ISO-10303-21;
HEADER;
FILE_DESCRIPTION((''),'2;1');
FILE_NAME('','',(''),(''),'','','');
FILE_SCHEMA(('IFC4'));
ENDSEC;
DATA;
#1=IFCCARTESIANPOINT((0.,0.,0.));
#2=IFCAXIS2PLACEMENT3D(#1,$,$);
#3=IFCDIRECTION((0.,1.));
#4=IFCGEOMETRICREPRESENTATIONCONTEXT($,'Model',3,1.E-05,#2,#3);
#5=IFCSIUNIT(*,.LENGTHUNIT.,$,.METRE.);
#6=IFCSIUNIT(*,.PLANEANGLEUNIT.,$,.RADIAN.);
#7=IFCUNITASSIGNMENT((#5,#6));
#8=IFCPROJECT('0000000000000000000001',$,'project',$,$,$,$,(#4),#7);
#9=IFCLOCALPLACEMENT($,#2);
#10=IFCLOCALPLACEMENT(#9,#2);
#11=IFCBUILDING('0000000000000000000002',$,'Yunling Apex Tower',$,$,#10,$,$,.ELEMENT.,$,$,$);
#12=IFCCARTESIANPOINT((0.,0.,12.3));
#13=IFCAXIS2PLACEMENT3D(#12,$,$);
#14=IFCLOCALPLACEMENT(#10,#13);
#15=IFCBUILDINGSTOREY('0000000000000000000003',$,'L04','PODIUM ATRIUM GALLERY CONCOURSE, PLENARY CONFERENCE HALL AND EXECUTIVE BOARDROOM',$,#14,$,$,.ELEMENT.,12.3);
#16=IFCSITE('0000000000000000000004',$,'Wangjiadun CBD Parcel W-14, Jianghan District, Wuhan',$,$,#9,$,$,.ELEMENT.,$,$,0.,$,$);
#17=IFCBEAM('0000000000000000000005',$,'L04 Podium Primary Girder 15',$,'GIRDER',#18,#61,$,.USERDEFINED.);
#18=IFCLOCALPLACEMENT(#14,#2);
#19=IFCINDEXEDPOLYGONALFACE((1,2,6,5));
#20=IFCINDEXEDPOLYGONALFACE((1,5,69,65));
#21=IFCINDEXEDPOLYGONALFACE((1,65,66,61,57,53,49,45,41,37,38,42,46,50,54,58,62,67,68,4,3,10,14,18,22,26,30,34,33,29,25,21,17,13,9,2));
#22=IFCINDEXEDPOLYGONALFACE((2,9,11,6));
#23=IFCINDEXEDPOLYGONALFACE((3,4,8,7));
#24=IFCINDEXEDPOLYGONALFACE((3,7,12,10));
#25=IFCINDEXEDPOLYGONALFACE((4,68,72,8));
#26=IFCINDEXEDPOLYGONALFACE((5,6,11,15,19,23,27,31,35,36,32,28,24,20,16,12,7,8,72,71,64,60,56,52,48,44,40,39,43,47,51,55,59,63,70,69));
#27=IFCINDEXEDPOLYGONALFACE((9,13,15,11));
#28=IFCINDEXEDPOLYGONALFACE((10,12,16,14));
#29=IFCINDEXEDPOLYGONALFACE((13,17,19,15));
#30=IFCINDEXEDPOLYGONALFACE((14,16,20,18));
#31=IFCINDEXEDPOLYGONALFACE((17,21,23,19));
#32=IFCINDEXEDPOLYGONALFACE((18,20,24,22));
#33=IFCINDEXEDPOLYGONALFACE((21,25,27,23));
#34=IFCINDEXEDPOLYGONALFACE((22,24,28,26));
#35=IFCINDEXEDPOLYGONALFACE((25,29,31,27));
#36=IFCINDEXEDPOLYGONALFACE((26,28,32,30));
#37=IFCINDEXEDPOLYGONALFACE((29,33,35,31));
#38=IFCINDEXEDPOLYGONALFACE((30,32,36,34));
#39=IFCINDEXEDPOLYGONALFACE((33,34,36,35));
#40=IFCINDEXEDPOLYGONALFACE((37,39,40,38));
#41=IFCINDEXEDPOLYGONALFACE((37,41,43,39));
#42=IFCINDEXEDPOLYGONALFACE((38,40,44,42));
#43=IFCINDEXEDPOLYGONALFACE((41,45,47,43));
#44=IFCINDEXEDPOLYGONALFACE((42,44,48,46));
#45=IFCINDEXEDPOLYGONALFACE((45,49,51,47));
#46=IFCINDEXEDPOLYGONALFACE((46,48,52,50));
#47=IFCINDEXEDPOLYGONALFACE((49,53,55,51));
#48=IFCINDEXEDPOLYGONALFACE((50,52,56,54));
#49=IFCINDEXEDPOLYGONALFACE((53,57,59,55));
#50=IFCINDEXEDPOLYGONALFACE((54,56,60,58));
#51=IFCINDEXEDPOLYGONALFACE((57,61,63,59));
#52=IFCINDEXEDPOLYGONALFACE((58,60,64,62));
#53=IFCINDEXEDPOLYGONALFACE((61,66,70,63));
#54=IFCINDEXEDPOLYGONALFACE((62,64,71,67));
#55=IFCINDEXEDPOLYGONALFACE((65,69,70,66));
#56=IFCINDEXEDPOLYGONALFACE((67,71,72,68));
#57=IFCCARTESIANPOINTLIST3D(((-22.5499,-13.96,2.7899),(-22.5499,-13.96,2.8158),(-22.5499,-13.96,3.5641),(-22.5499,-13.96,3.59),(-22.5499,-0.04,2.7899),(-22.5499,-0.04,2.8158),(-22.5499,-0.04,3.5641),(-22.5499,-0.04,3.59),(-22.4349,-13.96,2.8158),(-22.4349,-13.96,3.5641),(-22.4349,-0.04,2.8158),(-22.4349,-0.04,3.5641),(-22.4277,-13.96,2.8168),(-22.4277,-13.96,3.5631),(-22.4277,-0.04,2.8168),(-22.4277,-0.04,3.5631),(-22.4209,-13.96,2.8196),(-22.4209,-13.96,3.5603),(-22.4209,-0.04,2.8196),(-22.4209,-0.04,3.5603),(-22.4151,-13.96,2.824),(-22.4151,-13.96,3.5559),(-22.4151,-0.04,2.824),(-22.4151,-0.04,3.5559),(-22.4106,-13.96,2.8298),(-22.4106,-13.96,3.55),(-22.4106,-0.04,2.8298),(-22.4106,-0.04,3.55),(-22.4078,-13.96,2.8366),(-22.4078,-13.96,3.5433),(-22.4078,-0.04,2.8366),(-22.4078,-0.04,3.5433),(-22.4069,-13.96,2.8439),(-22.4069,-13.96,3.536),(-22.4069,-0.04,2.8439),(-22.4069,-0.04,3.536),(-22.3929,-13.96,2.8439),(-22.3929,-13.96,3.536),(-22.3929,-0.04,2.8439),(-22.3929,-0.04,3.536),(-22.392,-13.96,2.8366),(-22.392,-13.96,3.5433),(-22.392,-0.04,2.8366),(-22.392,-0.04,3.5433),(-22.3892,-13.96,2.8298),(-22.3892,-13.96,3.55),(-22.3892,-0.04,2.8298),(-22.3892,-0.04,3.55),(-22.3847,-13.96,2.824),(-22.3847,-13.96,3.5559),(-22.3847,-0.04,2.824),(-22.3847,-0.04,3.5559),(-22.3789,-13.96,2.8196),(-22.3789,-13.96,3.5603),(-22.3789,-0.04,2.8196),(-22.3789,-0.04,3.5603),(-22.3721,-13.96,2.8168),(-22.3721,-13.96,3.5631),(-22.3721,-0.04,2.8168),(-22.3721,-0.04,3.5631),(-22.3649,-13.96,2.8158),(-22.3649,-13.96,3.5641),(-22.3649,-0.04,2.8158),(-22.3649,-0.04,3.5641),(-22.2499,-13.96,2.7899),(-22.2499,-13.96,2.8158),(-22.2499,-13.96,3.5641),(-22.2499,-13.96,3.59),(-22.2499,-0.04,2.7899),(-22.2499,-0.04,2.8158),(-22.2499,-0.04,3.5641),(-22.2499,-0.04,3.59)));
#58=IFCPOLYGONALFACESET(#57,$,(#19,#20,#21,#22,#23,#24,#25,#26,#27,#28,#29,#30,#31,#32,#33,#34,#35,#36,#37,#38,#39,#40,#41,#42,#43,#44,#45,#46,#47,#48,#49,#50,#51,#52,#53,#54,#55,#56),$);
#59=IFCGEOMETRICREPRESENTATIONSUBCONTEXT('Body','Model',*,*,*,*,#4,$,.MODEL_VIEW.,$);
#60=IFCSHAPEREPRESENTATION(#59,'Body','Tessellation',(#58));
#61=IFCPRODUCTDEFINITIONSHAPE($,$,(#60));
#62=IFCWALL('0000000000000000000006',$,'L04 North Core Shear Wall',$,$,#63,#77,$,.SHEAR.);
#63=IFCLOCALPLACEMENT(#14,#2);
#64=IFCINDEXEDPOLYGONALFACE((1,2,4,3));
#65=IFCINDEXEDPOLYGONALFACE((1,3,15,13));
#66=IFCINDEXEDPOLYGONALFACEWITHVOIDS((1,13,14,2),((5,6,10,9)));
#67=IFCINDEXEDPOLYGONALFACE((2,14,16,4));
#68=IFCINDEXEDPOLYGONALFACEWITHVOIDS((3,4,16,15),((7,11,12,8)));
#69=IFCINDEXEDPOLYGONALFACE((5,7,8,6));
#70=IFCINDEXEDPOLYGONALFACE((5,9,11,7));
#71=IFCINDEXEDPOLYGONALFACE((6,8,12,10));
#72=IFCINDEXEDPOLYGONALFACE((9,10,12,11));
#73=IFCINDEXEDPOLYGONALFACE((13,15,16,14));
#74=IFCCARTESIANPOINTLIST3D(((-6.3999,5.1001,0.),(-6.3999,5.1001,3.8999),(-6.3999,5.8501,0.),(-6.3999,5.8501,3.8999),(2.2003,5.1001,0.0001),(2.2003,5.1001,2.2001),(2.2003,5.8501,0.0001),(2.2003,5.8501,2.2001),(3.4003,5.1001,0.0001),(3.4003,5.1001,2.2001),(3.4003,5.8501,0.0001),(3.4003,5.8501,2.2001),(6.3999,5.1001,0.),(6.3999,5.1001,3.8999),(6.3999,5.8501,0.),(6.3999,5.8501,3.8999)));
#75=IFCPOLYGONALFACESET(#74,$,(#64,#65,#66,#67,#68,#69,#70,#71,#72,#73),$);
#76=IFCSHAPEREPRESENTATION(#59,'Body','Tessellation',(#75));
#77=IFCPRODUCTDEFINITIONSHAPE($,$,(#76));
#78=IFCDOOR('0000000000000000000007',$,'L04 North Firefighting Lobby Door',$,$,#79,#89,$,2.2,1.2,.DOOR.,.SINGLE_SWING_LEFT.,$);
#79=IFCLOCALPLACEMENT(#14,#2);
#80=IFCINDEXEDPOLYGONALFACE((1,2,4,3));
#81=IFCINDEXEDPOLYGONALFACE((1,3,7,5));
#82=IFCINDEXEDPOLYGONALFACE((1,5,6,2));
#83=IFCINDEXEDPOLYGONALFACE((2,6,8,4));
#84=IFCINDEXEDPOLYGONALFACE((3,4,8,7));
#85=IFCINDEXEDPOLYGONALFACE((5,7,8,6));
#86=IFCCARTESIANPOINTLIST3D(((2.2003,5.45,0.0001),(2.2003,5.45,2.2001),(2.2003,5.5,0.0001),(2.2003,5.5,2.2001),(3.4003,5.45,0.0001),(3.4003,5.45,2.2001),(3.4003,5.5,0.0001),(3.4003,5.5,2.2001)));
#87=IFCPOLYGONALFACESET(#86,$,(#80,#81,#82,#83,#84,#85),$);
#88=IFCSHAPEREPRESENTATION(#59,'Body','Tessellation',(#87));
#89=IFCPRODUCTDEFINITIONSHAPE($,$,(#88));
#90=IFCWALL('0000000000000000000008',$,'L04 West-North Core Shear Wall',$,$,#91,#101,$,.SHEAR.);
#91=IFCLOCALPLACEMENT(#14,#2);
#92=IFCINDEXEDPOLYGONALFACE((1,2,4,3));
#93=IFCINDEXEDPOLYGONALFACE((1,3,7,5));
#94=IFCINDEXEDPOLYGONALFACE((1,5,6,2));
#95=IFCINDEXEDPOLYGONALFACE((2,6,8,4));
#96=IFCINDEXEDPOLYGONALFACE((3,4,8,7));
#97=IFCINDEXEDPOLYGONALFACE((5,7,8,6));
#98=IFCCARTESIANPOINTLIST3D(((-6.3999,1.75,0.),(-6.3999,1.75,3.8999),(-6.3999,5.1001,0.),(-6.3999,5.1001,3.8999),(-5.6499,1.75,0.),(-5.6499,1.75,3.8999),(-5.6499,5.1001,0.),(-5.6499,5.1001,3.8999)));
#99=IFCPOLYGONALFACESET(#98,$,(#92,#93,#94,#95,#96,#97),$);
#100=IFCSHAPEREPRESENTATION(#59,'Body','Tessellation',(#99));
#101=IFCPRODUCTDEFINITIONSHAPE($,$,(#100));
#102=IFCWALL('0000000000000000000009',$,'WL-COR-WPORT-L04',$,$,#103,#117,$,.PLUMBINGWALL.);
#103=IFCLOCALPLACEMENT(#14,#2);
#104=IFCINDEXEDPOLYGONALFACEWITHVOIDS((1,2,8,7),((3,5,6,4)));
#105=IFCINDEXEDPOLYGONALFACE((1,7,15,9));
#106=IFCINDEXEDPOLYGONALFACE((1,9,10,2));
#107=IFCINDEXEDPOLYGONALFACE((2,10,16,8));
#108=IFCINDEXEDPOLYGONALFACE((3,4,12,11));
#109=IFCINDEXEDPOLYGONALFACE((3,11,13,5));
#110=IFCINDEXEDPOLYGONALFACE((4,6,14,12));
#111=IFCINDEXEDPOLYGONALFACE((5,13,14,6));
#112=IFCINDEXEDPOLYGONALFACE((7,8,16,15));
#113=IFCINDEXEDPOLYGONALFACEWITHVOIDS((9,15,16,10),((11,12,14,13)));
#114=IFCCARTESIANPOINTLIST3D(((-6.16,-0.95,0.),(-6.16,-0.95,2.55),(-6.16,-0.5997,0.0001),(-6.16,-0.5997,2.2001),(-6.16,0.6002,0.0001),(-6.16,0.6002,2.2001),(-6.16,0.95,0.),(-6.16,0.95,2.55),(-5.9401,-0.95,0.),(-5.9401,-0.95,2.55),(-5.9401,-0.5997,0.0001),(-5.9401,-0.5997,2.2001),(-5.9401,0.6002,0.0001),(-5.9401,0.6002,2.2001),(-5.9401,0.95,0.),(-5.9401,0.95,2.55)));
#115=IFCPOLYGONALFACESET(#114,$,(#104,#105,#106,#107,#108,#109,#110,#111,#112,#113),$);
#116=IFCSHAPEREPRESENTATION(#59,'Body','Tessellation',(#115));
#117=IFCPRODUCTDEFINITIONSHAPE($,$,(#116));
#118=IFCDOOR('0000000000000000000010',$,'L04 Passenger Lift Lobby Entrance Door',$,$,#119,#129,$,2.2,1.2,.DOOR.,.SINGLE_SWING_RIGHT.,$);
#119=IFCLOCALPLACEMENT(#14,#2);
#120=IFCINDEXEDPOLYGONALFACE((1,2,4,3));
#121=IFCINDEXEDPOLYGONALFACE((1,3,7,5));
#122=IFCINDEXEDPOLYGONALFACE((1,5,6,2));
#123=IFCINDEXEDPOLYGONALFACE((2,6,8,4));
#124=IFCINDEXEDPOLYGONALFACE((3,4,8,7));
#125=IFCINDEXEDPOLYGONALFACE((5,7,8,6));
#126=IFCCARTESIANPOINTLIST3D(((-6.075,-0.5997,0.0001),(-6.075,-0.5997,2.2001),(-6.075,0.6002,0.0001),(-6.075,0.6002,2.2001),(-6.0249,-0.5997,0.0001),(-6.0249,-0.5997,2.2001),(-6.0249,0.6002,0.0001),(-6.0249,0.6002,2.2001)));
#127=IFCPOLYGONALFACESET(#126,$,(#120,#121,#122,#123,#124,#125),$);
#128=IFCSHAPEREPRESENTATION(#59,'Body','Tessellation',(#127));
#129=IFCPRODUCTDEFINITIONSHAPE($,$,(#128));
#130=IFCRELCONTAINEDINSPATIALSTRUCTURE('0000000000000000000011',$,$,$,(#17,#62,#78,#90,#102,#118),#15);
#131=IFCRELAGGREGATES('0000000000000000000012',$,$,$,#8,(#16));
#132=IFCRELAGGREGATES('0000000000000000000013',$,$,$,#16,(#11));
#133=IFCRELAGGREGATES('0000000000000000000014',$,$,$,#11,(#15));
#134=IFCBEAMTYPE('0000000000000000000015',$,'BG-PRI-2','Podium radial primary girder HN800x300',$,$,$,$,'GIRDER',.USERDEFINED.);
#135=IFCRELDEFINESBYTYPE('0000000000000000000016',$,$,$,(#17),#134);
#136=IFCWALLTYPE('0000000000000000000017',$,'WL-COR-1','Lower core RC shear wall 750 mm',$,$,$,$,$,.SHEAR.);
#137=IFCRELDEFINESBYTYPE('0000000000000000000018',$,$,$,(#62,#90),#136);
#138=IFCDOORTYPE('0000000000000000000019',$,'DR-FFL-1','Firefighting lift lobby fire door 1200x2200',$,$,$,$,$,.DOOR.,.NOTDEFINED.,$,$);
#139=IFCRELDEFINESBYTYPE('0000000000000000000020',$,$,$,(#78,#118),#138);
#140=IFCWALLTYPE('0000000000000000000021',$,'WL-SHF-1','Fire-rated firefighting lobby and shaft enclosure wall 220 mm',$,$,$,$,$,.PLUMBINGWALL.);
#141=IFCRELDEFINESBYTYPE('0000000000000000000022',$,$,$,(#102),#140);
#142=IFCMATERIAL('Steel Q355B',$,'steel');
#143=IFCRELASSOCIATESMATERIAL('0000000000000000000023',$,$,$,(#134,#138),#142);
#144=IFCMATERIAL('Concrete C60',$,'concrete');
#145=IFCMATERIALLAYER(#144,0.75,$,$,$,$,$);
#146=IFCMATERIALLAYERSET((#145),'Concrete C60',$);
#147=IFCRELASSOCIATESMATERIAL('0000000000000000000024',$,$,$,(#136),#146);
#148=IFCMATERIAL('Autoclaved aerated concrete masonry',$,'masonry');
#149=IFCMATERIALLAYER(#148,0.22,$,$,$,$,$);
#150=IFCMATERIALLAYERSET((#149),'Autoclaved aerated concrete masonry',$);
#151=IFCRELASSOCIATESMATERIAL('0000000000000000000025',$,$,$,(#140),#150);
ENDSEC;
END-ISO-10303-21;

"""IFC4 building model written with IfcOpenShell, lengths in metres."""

from ifc_helpers import new_model, si_unit, direction, frame, frame_2d, origin, origin_2d, place, context, subcontext, project, spatial, rectangle, i_section, extrude, source, transform, mapped, material, layer, layer_set, material_profile, profile_set, type_object, element, fill, save


model = new_model("IFC4")

# Units and contexts
model_context = context("Model", 3, precision=1e-05, world=origin(), true_north=direction((0.0, 1.0)))
body_context = subcontext(model_context, "Body", "Model", "MODEL_VIEW")
ifc_project = project(units=[si_unit("LENGTHUNIT", "METRE"), si_unit("PLANEANGLEUNIT", "RADIAN")], contexts=[model_context])

# Site, building, storey
site_placement = place(None, origin())
site = spatial("IfcSite", under=ifc_project, at=site_placement, Name="Wangjiadun CBD Parcel W-14, Jianghan District, Wuhan", CompositionType="ELEMENT", RefElevation=0.0)
building_placement = place(site_placement, origin())
building = spatial("IfcBuilding", under=site, at=building_placement, Name="Yunling Apex Tower", CompositionType="ELEMENT")
storey_placement = place(building_placement, frame((0.0, 0.0, 12.3)))
storey = spatial("IfcBuildingStorey", under=building, at=storey_placement, Name="L04", Description="PODIUM ATRIUM GALLERY CONCOURSE, PLENARY CONFERENCE HALL AND EXECUTIVE BOARDROOM", CompositionType="ELEMENT", Elevation=12.3)

# Shared definitions
ifc_material_1 = material(Name="Concrete C60", Category="concrete")

# Beam
ifc_material_2 = material(Name="Steel Q355B", Category="steel")
ifc_material_profile_1 = material_profile(ifc_material_2, i_section(OverallWidth=0.3, OverallDepth=0.8, WebThickness=0.0139, FlangeThickness=0.0259, FilletRadius=0.0281, at=origin_2d()))
ifc_profile_set_1 = profile_set([ifc_material_profile_1], Name="Steel Q355B")
beam_type_1 = type_object("IfcBeamType", Name="BG-PRI-2", Description="Podium radial primary girder HN800x300", ElementType="GIRDER", PredefinedType="USERDEFINED", material=ifc_profile_set_1)
shared_shape_1 = source(origin(), body_context, "Body", "SweptSolid", [
    extrude(i_section(OverallWidth=0.3, OverallDepth=0.8, WebThickness=0.0139, FlangeThickness=0.0259, FilletRadius=0.0281, at=origin_2d()), origin(), (0.0, 0.0, 1.0), 13.9199),
])
for number, where, z_axis, x_axis, name in (
    (1, (-22.3999, -0.04, 3.1899), (0.0, -1.0, 0.0), (1.0, 0.0, 0.0), "L04 Podium Primary Girder 15"),
):
    element("IfcBeam", number, at=place(storey_placement, frame(where, z_axis=z_axis, x_axis=x_axis)), inside=storey, type_object=beam_type_1, Name=name, ObjectType="GIRDER", PredefinedType="USERDEFINED", context=body_context, shape_type="MappedRepresentation", body=[
        mapped(shared_shape_1, transform((0.0, 0.0, 0.0), scale=1.0)),
    ])

# Wall, opening, door
ifc_layer_1 = layer(ifc_material_1, 0.75)
ifc_layer_set_1 = layer_set([ifc_layer_1], Name="Concrete C60")
wall_type_1 = type_object("IfcWallType", Name="WL-COR-1", Description="Lower core RC shear wall 750 mm", PredefinedType="SHEAR", material=ifc_layer_set_1)
wall_1_placement = place(storey_placement, frame((-6.3999, 5.4751, 0.0), z_axis=(0.0, 0.0, 1.0), x_axis=(1.0, 0.0, 0.0)))
wall_1 = element("IfcWall", 2, at=wall_1_placement, inside=storey, type_object=wall_type_1, Name="L04 North Core Shear Wall", PredefinedType="SHEAR", context=body_context, shape_type="SweptSolid", body=[
    extrude(rectangle(XDim=12.7998, YDim=0.75, at=frame_2d((6.3999, 0.0))), origin(), (0.0, 0.0, 1.0), 3.8999),
])
opening_1_placement = place(wall_1_placement, frame((8.6001, 0.0, 0.0)))
opening_1 = element("IfcOpeningElement", 3, at=opening_1_placement, cuts=wall_1, PredefinedType="OPENING", context=body_context, shape_type="SweptSolid", body=[
    extrude(rectangle(XDim=1.2, YDim=2.2, at=frame_2d((0.6001, 1.1001))), frame((0.0, 0.385, 0.0), z_axis=(0.0, -1.0, 0.0), x_axis=(1.0, 0.0, 0.0)), (0.0, 0.0, 1.0), 0.77),
])
door_type = type_object("IfcDoorType", Name="DR-FFL-1", Description="Firefighting lift lobby fire door 1200x2200", OperationType="NOTDEFINED", PredefinedType="DOOR", material=ifc_material_2)
door_1_placement = place(opening_1_placement, origin())
door_1 = element("IfcDoor", 4, at=door_1_placement, inside=storey, type_object=door_type, Name="L04 North Firefighting Lobby Door", OperationType="SINGLE_SWING_LEFT", OverallHeight=2.2, OverallWidth=1.2, PredefinedType="DOOR", context=body_context, shape_type="SweptSolid", body=[
    extrude(rectangle(XDim=1.2, YDim=2.2, at=frame_2d((0.6001, 1.1001))), frame((0.0, 0.0249, 0.0), z_axis=(0.0, -1.0, 0.0), x_axis=(1.0, 0.0, 0.0)), (0.0, 0.0, 1.0), 0.05),
])
fill(opening_1, door_1)

# Wall
wall_2_placement = place(storey_placement, frame((-6.0249, 1.75, 0.0), z_axis=(0.0, 0.0, 1.0), x_axis=(0.0, 1.0, 0.0)))
element("IfcWall", 5, at=wall_2_placement, inside=storey, type_object=wall_type_1, Name="L04 West-North Core Shear Wall", PredefinedType="SHEAR", context=body_context, shape_type="SweptSolid", body=[
    extrude(rectangle(XDim=3.3501, YDim=0.75, at=frame_2d((1.675, 0.0))), origin(), (0.0, 0.0, 1.0), 3.8999),
])

# Wall, opening, door
ifc_material_3 = material(Name="Autoclaved aerated concrete masonry", Category="masonry")
ifc_layer_2 = layer(ifc_material_3, 0.22)
ifc_layer_set_2 = layer_set([ifc_layer_2], Name="Autoclaved aerated concrete masonry")
wall_type_2 = type_object("IfcWallType", Name="WL-SHF-1", Description="Fire-rated firefighting lobby and shaft enclosure wall 220 mm", PredefinedType="PLUMBINGWALL", material=ifc_layer_set_2)
wall_3_placement = place(storey_placement, frame((-6.05, -0.95, 0.0), z_axis=(0.0, 0.0, 1.0), x_axis=(0.0, 1.0, 0.0)))
wall_3 = element("IfcWall", 6, at=wall_3_placement, inside=storey, type_object=wall_type_2, Name="WL-COR-WPORT-L04", PredefinedType="PLUMBINGWALL", context=body_context, shape_type="SweptSolid", body=[
    extrude(rectangle(XDim=1.8999, YDim=0.22, at=frame_2d((0.95, 0.0))), origin(), (0.0, 0.0, 1.0), 2.55),
])
opening_2_placement = place(wall_3_placement, frame((0.3501, 0.0, 0.0)))
opening_2 = element("IfcOpeningElement", 7, at=opening_2_placement, cuts=wall_3, PredefinedType="OPENING", context=body_context, shape_type="SweptSolid", body=[
    extrude(rectangle(XDim=1.2, YDim=2.2, at=frame_2d((0.6001, 1.1001))), frame((0.0, 0.1201, 0.0), z_axis=(0.0, -1.0, 0.0), x_axis=(1.0, 0.0, 0.0)), (0.0, 0.0, 1.0), 0.24),
])
door_2_placement = place(opening_2_placement, origin())
door_2 = element("IfcDoor", 8, at=door_2_placement, inside=storey, type_object=door_type, Name="L04 Passenger Lift Lobby Entrance Door", OperationType="SINGLE_SWING_RIGHT", OverallHeight=2.2, OverallWidth=1.2, PredefinedType="DOOR", context=body_context, shape_type="SweptSolid", body=[
    extrude(rectangle(XDim=1.2, YDim=2.2, at=frame_2d((0.6001, 1.1001))), frame((0.0, 0.0249, 0.0), z_axis=(0.0, -1.0, 0.0), x_axis=(1.0, 0.0, 0.0)), (0.0, 0.0, 1.0), 0.05),
])
fill(opening_2, door_2)

save(model, "model.ifc")
